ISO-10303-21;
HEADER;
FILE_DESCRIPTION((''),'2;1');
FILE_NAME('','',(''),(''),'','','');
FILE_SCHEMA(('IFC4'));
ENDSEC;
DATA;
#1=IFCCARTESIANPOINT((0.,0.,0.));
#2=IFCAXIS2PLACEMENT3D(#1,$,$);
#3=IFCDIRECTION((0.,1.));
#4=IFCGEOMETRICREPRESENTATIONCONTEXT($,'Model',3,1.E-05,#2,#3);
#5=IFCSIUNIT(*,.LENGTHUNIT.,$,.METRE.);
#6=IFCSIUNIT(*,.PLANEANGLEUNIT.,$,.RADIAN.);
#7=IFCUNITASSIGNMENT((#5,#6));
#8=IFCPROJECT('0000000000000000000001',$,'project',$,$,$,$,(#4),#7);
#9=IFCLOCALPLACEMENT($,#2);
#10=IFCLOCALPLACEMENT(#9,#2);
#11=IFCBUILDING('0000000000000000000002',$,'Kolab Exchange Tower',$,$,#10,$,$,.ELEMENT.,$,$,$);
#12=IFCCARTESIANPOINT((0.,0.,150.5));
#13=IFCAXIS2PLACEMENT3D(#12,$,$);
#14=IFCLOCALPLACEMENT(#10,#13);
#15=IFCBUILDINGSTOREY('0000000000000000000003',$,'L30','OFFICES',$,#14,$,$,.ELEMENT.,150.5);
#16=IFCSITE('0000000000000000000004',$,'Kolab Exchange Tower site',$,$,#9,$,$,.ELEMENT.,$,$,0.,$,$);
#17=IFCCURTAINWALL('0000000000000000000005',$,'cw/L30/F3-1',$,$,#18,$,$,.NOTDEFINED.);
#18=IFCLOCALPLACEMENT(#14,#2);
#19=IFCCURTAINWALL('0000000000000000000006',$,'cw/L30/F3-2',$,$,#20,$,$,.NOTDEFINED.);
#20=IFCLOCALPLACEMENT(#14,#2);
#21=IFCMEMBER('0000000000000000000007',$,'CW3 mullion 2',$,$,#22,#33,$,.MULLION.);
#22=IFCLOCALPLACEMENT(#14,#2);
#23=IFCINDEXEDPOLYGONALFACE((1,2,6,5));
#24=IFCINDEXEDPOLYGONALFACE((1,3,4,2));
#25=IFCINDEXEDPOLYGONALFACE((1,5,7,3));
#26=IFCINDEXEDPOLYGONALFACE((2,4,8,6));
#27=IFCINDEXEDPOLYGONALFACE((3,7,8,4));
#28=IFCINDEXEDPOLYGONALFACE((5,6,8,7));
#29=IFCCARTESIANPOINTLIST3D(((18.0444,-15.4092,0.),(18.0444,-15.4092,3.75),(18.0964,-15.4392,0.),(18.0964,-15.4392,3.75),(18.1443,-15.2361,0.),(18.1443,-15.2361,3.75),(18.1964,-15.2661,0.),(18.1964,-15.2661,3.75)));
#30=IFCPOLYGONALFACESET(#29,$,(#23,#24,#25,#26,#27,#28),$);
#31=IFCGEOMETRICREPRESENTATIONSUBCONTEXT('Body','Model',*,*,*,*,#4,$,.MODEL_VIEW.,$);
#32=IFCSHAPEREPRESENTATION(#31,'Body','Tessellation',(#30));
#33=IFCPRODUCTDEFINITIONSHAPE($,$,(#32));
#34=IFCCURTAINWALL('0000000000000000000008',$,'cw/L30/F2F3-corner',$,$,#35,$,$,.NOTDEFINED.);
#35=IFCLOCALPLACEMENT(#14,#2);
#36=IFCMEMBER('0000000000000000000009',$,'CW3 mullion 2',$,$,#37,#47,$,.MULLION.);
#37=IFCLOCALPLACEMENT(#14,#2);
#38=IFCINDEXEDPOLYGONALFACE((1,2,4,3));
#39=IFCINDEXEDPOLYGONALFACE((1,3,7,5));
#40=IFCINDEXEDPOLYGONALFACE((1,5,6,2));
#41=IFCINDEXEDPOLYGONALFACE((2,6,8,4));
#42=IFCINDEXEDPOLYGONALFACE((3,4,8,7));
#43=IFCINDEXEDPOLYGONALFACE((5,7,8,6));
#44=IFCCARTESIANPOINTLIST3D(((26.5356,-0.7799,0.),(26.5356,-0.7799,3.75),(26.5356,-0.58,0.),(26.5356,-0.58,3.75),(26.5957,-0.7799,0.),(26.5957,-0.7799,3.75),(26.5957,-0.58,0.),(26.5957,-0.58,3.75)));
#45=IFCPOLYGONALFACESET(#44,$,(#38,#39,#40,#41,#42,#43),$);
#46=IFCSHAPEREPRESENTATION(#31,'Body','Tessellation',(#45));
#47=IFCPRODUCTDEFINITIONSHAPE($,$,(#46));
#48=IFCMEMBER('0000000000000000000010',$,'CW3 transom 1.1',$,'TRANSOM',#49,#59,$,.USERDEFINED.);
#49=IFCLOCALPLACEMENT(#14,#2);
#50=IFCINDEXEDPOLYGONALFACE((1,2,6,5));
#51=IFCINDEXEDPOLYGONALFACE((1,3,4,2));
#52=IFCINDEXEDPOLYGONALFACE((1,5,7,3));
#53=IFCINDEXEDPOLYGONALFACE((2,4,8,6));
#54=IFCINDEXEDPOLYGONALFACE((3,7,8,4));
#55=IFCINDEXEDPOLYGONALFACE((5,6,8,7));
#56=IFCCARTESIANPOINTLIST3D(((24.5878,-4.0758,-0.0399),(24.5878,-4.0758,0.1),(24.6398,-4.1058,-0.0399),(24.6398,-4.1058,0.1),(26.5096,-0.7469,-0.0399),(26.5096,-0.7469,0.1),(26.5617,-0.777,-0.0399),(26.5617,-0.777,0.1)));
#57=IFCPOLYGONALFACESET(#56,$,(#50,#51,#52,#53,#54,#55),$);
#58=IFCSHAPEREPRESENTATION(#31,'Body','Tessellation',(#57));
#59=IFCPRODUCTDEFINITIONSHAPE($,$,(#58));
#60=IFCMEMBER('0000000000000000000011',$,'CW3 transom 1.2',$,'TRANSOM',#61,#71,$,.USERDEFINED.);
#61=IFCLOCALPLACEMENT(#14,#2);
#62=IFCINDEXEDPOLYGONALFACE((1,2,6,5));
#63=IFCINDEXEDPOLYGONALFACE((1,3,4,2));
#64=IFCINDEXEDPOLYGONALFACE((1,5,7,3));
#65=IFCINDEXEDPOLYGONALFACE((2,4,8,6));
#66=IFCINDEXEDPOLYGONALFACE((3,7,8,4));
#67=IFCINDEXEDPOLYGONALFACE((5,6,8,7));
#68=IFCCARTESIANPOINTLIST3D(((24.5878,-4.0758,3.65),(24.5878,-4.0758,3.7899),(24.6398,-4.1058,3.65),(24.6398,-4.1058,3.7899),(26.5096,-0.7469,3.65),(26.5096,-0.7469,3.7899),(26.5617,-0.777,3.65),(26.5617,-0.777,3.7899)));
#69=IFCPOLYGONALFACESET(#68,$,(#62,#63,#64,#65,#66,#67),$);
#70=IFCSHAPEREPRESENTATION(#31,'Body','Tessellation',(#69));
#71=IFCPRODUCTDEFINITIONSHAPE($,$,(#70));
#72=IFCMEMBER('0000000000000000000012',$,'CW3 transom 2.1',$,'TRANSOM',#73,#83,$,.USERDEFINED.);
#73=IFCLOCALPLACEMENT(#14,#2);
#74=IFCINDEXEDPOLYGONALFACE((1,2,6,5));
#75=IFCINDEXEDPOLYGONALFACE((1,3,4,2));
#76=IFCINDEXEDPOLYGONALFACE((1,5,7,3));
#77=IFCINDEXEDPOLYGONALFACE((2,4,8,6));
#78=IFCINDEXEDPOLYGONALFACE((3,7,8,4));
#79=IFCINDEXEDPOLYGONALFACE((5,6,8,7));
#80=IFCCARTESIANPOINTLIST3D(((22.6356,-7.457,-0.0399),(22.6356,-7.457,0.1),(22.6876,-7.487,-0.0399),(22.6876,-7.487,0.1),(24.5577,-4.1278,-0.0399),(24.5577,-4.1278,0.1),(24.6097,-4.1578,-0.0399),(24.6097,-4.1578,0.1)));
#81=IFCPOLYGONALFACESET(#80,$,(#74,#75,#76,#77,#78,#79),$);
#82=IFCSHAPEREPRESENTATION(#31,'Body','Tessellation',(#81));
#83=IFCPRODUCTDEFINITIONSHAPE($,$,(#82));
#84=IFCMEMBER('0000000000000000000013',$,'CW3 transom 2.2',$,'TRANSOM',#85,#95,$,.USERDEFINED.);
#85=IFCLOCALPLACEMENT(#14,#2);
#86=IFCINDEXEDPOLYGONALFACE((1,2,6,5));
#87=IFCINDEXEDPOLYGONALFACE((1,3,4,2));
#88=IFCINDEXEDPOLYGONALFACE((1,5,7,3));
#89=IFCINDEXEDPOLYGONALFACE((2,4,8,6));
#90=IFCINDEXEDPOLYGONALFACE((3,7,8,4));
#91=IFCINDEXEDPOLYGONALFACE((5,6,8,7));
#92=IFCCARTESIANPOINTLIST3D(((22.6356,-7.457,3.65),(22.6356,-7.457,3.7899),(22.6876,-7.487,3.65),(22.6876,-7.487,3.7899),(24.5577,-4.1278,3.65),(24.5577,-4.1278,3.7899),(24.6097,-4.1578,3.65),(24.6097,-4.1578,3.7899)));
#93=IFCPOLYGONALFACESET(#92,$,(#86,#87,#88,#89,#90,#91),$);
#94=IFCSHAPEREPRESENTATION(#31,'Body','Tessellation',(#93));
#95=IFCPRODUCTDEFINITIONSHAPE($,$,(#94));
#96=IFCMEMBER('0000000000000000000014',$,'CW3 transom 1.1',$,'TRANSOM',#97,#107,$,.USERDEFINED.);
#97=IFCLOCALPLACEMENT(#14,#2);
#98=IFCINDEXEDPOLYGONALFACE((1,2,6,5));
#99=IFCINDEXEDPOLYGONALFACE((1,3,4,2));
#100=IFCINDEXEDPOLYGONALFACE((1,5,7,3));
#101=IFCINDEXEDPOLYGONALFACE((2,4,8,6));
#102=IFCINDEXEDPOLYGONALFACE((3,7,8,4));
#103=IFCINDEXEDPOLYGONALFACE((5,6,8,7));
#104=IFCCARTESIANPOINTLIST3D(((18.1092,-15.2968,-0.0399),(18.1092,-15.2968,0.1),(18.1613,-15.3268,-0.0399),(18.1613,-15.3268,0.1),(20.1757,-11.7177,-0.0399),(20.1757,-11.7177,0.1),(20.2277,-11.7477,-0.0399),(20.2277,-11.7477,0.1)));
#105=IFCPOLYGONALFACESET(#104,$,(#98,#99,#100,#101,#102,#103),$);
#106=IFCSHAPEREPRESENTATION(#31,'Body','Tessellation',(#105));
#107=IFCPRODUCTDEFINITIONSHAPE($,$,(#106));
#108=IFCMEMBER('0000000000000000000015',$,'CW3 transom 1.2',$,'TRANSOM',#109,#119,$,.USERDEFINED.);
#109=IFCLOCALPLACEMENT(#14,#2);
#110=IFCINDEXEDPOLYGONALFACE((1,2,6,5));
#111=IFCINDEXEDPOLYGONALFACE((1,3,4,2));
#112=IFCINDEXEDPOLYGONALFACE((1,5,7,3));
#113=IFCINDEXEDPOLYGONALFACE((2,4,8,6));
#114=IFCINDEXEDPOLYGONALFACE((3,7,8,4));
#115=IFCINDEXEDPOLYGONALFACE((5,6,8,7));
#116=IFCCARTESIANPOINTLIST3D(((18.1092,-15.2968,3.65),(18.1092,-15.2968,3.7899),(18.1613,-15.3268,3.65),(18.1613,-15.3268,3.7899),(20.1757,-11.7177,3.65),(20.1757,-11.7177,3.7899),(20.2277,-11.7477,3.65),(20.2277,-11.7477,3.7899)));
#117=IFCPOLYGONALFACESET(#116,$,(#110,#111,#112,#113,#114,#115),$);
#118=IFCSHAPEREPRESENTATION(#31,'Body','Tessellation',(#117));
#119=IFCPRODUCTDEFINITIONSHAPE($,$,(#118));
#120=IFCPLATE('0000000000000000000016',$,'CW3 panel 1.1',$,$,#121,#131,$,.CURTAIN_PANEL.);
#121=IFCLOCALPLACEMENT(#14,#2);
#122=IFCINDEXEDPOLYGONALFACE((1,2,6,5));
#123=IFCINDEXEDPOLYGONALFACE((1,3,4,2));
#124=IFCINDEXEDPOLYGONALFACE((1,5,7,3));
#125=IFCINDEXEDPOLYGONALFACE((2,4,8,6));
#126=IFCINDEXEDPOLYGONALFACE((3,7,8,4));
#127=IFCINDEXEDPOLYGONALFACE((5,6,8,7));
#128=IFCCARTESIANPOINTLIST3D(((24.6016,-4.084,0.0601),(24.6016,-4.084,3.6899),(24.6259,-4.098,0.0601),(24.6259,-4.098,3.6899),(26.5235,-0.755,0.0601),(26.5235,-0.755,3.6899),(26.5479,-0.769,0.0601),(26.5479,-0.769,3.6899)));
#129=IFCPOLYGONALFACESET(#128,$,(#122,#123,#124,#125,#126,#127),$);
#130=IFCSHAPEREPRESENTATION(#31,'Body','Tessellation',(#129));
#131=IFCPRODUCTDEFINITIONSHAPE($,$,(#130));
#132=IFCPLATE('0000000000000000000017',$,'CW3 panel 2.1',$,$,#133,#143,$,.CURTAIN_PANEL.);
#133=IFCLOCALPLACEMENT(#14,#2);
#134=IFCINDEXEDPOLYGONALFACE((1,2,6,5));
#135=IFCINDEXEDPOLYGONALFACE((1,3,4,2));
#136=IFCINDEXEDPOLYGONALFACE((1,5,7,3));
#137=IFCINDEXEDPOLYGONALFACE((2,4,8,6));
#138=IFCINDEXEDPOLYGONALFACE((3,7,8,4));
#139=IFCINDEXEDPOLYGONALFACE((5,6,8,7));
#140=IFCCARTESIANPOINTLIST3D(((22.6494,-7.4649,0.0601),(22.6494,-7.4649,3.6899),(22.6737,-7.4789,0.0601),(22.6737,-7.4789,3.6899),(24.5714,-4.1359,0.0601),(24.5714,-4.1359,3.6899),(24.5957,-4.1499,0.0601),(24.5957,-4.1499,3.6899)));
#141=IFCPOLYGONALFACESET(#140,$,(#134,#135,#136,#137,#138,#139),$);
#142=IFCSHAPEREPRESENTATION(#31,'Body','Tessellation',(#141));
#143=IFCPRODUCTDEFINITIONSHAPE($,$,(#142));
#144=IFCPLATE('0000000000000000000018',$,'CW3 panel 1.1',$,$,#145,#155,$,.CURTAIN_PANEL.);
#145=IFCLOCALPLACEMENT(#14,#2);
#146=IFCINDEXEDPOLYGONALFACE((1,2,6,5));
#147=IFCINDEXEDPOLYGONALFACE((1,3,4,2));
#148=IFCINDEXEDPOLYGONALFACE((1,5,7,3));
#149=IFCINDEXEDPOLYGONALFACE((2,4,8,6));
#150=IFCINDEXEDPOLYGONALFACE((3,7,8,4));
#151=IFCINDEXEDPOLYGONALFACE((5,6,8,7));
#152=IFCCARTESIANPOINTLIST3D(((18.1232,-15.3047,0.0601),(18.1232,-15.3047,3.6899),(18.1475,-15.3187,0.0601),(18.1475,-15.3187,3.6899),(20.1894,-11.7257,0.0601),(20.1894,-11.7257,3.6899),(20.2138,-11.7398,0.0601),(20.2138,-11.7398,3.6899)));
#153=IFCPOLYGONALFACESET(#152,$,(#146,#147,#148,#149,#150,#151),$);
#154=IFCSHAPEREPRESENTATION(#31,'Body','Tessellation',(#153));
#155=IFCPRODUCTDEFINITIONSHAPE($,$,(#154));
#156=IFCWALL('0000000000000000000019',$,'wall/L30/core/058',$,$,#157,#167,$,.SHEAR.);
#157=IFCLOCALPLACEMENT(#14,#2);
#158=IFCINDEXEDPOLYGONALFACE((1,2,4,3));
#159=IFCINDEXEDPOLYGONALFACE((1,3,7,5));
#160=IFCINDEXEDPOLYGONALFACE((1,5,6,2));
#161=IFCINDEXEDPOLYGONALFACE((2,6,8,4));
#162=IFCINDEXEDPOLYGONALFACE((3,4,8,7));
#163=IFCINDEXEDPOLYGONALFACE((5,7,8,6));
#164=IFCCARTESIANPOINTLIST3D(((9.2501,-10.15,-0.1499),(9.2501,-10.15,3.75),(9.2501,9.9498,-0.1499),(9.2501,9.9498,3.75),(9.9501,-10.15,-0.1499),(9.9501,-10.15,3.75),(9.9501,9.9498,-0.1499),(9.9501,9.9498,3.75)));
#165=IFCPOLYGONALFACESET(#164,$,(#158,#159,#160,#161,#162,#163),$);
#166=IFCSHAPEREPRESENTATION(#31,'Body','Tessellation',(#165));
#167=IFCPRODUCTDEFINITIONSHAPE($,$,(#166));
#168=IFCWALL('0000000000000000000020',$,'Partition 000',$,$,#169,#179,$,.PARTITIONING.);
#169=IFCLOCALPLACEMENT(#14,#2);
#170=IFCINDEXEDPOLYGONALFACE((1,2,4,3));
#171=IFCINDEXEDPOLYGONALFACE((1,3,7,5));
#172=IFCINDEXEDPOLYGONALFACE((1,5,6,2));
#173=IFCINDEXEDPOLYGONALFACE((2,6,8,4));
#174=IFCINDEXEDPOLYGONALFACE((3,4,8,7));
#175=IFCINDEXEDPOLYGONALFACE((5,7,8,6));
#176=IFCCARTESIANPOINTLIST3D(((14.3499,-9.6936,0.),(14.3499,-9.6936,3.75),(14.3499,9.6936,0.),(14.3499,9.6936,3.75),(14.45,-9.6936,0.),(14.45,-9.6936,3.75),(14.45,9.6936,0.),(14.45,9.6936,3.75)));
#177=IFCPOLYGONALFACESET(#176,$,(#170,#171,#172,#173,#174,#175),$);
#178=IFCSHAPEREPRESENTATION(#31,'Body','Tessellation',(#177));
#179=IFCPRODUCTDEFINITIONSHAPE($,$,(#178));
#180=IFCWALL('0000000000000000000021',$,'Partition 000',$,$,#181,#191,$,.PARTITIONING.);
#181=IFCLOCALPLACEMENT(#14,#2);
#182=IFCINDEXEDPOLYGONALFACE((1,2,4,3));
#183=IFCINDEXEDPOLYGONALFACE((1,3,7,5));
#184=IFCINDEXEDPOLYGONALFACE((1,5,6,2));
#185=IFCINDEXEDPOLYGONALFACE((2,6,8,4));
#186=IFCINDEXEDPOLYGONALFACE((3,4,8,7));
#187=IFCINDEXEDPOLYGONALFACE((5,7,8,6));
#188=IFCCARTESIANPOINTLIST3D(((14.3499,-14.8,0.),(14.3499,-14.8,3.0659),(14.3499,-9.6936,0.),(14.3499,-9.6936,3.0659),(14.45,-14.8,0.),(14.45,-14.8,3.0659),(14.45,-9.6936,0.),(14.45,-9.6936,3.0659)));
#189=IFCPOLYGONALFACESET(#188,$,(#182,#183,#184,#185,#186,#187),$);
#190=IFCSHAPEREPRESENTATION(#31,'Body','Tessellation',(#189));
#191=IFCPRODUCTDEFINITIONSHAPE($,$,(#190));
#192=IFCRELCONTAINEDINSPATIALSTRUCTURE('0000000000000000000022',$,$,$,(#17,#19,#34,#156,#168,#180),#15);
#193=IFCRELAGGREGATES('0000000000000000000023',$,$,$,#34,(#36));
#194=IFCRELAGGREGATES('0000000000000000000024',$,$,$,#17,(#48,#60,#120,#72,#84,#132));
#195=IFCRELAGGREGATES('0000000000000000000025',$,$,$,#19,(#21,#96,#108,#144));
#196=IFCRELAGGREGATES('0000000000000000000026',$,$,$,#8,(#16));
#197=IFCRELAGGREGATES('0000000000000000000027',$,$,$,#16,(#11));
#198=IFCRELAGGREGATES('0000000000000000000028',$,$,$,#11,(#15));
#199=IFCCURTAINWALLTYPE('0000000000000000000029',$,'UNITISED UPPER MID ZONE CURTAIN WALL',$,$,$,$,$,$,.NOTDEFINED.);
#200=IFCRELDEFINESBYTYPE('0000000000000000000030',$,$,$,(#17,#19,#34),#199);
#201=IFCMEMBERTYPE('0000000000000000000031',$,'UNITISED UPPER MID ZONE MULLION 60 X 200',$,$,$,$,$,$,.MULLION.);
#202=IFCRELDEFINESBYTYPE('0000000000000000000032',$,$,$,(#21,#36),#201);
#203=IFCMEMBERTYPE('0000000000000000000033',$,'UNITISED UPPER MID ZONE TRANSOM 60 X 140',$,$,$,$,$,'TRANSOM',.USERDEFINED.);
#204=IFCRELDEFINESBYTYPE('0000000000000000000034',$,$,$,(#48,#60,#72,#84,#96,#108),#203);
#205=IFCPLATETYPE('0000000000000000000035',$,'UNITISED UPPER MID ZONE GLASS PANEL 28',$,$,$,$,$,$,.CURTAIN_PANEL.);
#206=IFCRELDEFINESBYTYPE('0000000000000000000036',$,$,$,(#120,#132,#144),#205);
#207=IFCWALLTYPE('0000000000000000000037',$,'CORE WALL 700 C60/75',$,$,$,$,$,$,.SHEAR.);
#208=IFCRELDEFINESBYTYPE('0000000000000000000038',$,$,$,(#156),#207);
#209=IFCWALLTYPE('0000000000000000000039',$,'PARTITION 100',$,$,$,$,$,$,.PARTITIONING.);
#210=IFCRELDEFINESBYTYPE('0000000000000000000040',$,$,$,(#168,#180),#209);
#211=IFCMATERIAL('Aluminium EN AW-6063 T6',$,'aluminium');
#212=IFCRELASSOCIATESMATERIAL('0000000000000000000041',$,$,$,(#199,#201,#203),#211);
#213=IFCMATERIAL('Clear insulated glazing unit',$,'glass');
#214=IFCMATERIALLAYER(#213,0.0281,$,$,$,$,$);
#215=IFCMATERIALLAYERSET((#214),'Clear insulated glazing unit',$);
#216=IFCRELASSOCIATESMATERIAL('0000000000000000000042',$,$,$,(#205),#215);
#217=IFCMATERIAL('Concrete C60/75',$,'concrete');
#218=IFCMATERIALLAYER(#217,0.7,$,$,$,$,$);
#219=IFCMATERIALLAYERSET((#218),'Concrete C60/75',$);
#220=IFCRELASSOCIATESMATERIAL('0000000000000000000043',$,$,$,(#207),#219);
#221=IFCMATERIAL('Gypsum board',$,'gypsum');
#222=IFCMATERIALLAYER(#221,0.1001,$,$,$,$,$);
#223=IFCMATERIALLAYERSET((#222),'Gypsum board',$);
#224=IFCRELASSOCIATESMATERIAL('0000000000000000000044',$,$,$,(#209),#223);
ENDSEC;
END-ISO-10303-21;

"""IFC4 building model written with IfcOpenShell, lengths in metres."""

from ifc_helpers import new_model, si_unit, direction, frame, frame_2d, origin, origin_2d, place, context, subcontext, project, spatial, rectangle, extrude, material, layer, layer_set, material_profile, profile_set, type_object, element, aggregate, save


model = new_model("IFC4")

# Units and contexts
model_context = context("Model", 3, precision=1e-05, world=origin(), true_north=direction((0.0, 1.0)))
body_context = subcontext(model_context, "Body", "Model", "MODEL_VIEW")
ifc_project = project(units=[si_unit("LENGTHUNIT", "METRE"), si_unit("PLANEANGLEUNIT", "RADIAN")], contexts=[model_context])

# Site, building, storey
site_placement = place(None, origin())
site = spatial("IfcSite", under=ifc_project, at=site_placement, Name="Kolab Exchange Tower site", CompositionType="ELEMENT", RefElevation=0.0)
building_placement = place(site_placement, origin())
building = spatial("IfcBuilding", under=site, at=building_placement, Name="Kolab Exchange Tower", CompositionType="ELEMENT")
storey_placement = place(building_placement, frame((0.0, 0.0, 150.5)))
storey = spatial("IfcBuildingStorey", under=building, at=storey_placement, Name="L30", Description="OFFICES", CompositionType="ELEMENT", Elevation=150.5)

# Shared definitions
ifc_material_1 = material(Name="Concrete C60/75", Category="concrete")

# Curtain walls, member
ifc_material_2 = material(Name="Aluminium EN AW-6063 T6", Category="aluminium")
curtain_wall_type = type_object("IfcCurtainWallType", Name="UNITISED UPPER MID ZONE CURTAIN WALL", PredefinedType="NOTDEFINED", material=ifc_material_2)
curtain_wall_1_placement = place(storey_placement, origin())
curtain_wall_1 = element("IfcCurtainWall", 1, at=curtain_wall_1_placement, inside=storey, type_object=curtain_wall_type, Name="cw/L30/F3-1", PredefinedType="NOTDEFINED")
ifc_material_profile_1 = material_profile(ifc_material_2, rectangle(XDim=0.0601, YDim=0.2, at=origin_2d()), Name="RECT 60X200")
ifc_profile_set_1 = profile_set([ifc_material_profile_1], Name="Aluminium EN AW-6063 T6")
member_type_1 = type_object("IfcMemberType", Name="UNITISED UPPER MID ZONE MULLION 60 X 200", PredefinedType="MULLION", material=ifc_profile_set_1)
curtain_wall_2_placement = place(storey_placement, origin())
curtain_wall_2 = element("IfcCurtainWall", 2, at=curtain_wall_2_placement, inside=storey, type_object=curtain_wall_type, Name="cw/L30/F3-2", PredefinedType="NOTDEFINED")
member_1_placement = place(storey_placement, frame((18.1204, -15.3376, 0.0), z_axis=(0.0, 0.0, 1.0), x_axis=(0.866025, -0.5, 0.0)))
member_1 = element("IfcMember", 3, at=member_1_placement, type_object=member_type_1, Name="CW3 mullion 2", PredefinedType="MULLION", context=body_context, shape_type="SweptSolid", body=[
    extrude(rectangle(XDim=0.0601, YDim=0.2, at=origin_2d()), origin(), (0.0, 0.0, 1.0), 3.75),
])

# Curtain wall, member
curtain_wall_3_placement = place(storey_placement, origin())
curtain_wall_3 = element("IfcCurtainWall", 4, at=curtain_wall_3_placement, inside=storey, type_object=curtain_wall_type, Name="cw/L30/F2F3-corner", PredefinedType="NOTDEFINED")
member_2_placement = place(storey_placement, frame((26.5657, -0.6799, 0.0), z_axis=(0.0, 0.0, 1.0), x_axis=(1.0, 0.0, 0.0)))
member_2 = element("IfcMember", 5, at=member_2_placement, type_object=member_type_1, Name="CW3 mullion 2", PredefinedType="MULLION", context=body_context, shape_type="SweptSolid", body=[
    extrude(rectangle(XDim=0.0601, YDim=0.2, at=origin_2d()), origin(), (0.0, 0.0, 1.0), 3.75),
])
aggregate(curtain_wall_3, [member_2])

# Members
ifc_material_profile_2 = material_profile(ifc_material_2, rectangle(XDim=0.0601, YDim=0.1399, at=origin_2d()), Name="RECT 60X140")
ifc_profile_set_2 = profile_set([ifc_material_profile_2], Name="Aluminium EN AW-6063 T6")
member_type_2 = type_object("IfcMemberType", Name="UNITISED UPPER MID ZONE TRANSOM 60 X 140", ElementType="TRANSOM", PredefinedType="USERDEFINED", material=ifc_profile_set_2)
member_3_placement = place(storey_placement, frame((26.5356, -0.762, 0.03), z_axis=(-0.499992, -0.86603, 0.0), x_axis=(0.86603, -0.499992, 0.0)))
member_3 = element("IfcMember", 6, at=member_3_placement, type_object=member_type_2, Name="CW3 transom 1.1", ObjectType="TRANSOM", PredefinedType="USERDEFINED", context=body_context, shape_type="SweptSolid", body=[
    extrude(rectangle(XDim=0.0601, YDim=0.1399, at=origin_2d()), origin(), (0.0, 0.0, 1.0), 3.8438),
])
member_4_placement = place(storey_placement, frame((26.5356, -0.762, 3.72), z_axis=(-0.499992, -0.86603, 0.0), x_axis=(0.86603, -0.499992, 0.0)))
member_4 = element("IfcMember", 7, at=member_4_placement, type_object=member_type_2, Name="CW3 transom 1.2", ObjectType="TRANSOM", PredefinedType="USERDEFINED", context=body_context, shape_type="SweptSolid", body=[
    extrude(rectangle(XDim=0.0601, YDim=0.1399, at=origin_2d()), origin(), (0.0, 0.0, 1.0), 3.8438),
])
member_5_placement = place(storey_placement, frame((24.5837, -4.1428, 0.03), z_axis=(-0.500012, -0.866018, 0.0), x_axis=(0.866018, -0.500012, 0.0)))
member_5 = element("IfcMember", 8, at=member_5_placement, type_object=member_type_2, Name="CW3 transom 2.1", ObjectType="TRANSOM", PredefinedType="USERDEFINED", context=body_context, shape_type="SweptSolid", body=[
    extrude(rectangle(XDim=0.0601, YDim=0.1399, at=origin_2d()), origin(), (0.0, 0.0, 1.0), 3.8442),
])
member_6_placement = place(storey_placement, frame((24.5837, -4.1428, 3.72), z_axis=(-0.500012, -0.866018, 0.0), x_axis=(0.866018, -0.500012, 0.0)))
member_6 = element("IfcMember", 9, at=member_6_placement, type_object=member_type_2, Name="CW3 transom 2.2", ObjectType="TRANSOM", PredefinedType="USERDEFINED", context=body_context, shape_type="SweptSolid", body=[
    extrude(rectangle(XDim=0.0601, YDim=0.1399, at=origin_2d()), origin(), (0.0, 0.0, 1.0), 3.8442),
])
member_7_placement = place(storey_placement, frame((20.2017, -11.7327, 0.03), z_axis=(-0.500002, -0.866024, 0.0), x_axis=(0.866024, -0.500002, 0.0)))
member_7 = element("IfcMember", 10, at=member_7_placement, type_object=member_type_2, Name="CW3 transom 1.1", ObjectType="TRANSOM", PredefinedType="USERDEFINED", context=body_context, shape_type="SweptSolid", body=[
    extrude(rectangle(XDim=0.0601, YDim=0.1399, at=origin_2d()), origin(), (0.0, 0.0, 1.0), 4.1328),
])
member_8_placement = place(storey_placement, frame((20.2017, -11.7327, 3.72), z_axis=(-0.500002, -0.866024, 0.0), x_axis=(0.866024, -0.500002, 0.0)))
member_8 = element("IfcMember", 11, at=member_8_placement, type_object=member_type_2, Name="CW3 transom 1.2", ObjectType="TRANSOM", PredefinedType="USERDEFINED", context=body_context, shape_type="SweptSolid", body=[
    extrude(rectangle(XDim=0.0601, YDim=0.1399, at=origin_2d()), origin(), (0.0, 0.0, 1.0), 4.1328),
])

# Plates
ifc_material_3 = material(Name="Clear insulated glazing unit", Category="glass")
ifc_layer_1 = layer(ifc_material_3, 0.0281)
ifc_layer_set_1 = layer_set([ifc_layer_1], Name="Clear insulated glazing unit")
plate_type = type_object("IfcPlateType", Name="UNITISED UPPER MID ZONE GLASS PANEL 28", PredefinedType="CURTAIN_PANEL", material=ifc_layer_set_1)
plate_1_placement = place(storey_placement, frame((25.5747, -2.4265, 0.0601), z_axis=(0.0, 0.0, 1.0), x_axis=(-0.5, -0.866025, 0.0)))
plate_1 = element("IfcPlate", 12, at=plate_1_placement, type_object=plate_type, Name="CW3 panel 1.1", PredefinedType="CURTAIN_PANEL", context=body_context, shape_type="SweptSolid", body=[
    extrude(rectangle(XDim=3.844, YDim=0.0281, at=origin_2d()), origin(), (0.0, 0.0, 1.0), 3.6299),
])
plate_2_placement = place(storey_placement, frame((23.6226, -5.8074, 0.0601), z_axis=(0.0, 0.0, 1.0), x_axis=(-0.5, -0.866025, 0.0)))
plate_2 = element("IfcPlate", 13, at=plate_2_placement, type_object=plate_type, Name="CW3 panel 2.1", PredefinedType="CURTAIN_PANEL", context=body_context, shape_type="SweptSolid", body=[
    extrude(rectangle(XDim=3.844, YDim=0.0281, at=origin_2d()), origin(), (0.0, 0.0, 1.0), 3.6299),
])
aggregate(curtain_wall_1, [member_3, member_4, plate_1, member_5, member_6, plate_2])
plate_3_placement = place(storey_placement, frame((19.1685, -13.5222, 0.0601), z_axis=(0.0, 0.0, 1.0), x_axis=(-0.5, -0.866025, 0.0)))
plate_3 = element("IfcPlate", 14, at=plate_3_placement, type_object=plate_type, Name="CW3 panel 1.1", PredefinedType="CURTAIN_PANEL", context=body_context, shape_type="SweptSolid", body=[
    extrude(rectangle(XDim=4.1326, YDim=0.0281, at=origin_2d()), origin(), (0.0, 0.0, 1.0), 3.6299),
])
aggregate(curtain_wall_2, [member_1, member_7, member_8, plate_3])

# Wall
ifc_layer_2 = layer(ifc_material_1, 0.7)
ifc_layer_set_2 = layer_set([ifc_layer_2], Name="Concrete C60/75")
wall_type_1 = type_object("IfcWallType", Name="CORE WALL 700 C60/75", PredefinedType="SHEAR", material=ifc_layer_set_2)
wall_1_placement = place(storey_placement, frame((9.6001, -10.1499, -0.1499), z_axis=(0.0, 0.0, 1.0), x_axis=(0.0, 1.0, 0.0)))
element("IfcWall", 15, at=wall_1_placement, inside=storey, type_object=wall_type_1, Name="wall/L30/core/058", PredefinedType="SHEAR", context=body_context, shape_type="SweptSolid", body=[
    extrude(rectangle(XDim=20.0999, YDim=0.7, at=frame_2d((10.0498, 0.0))), origin(), (0.0, 0.0, 1.0), 3.8999),
])

# Walls
ifc_material_4 = material(Name="Gypsum board", Category="gypsum")
ifc_layer_3 = layer(ifc_material_4, 0.1001)
ifc_layer_set_3 = layer_set([ifc_layer_3], Name="Gypsum board")
wall_type_2 = type_object("IfcWallType", Name="PARTITION 100", PredefinedType="PARTITIONING", material=ifc_layer_set_3)
wall_2_placement = place(storey_placement, frame((14.3999, -9.6936, 0.0), z_axis=(0.0, 0.0, 1.0), x_axis=(0.0, 1.0, 0.0)))
element("IfcWall", 16, at=wall_2_placement, inside=storey, type_object=wall_type_2, Name="Partition 000", PredefinedType="PARTITIONING", context=body_context, shape_type="SweptSolid", body=[
    extrude(rectangle(XDim=19.3872, YDim=0.1001, at=frame_2d((9.6936, 0.0))), origin(), (0.0, 0.0, 1.0), 3.75),
])
wall_3_placement = place(storey_placement, frame((14.3999, -14.8, 0.0), z_axis=(0.0, 0.0, 1.0), x_axis=(0.0, 1.0, 0.0)))
element("IfcWall", 17, at=wall_3_placement, inside=storey, type_object=wall_type_2, Name="Partition 000", PredefinedType="PARTITIONING", context=body_context, shape_type="SweptSolid", body=[
    extrude(rectangle(XDim=5.1064, YDim=0.1001, at=frame_2d((2.5532, 0.0))), origin(), (0.0, 0.0, 1.0), 3.0659),
])

save(model, "model.ifc")
